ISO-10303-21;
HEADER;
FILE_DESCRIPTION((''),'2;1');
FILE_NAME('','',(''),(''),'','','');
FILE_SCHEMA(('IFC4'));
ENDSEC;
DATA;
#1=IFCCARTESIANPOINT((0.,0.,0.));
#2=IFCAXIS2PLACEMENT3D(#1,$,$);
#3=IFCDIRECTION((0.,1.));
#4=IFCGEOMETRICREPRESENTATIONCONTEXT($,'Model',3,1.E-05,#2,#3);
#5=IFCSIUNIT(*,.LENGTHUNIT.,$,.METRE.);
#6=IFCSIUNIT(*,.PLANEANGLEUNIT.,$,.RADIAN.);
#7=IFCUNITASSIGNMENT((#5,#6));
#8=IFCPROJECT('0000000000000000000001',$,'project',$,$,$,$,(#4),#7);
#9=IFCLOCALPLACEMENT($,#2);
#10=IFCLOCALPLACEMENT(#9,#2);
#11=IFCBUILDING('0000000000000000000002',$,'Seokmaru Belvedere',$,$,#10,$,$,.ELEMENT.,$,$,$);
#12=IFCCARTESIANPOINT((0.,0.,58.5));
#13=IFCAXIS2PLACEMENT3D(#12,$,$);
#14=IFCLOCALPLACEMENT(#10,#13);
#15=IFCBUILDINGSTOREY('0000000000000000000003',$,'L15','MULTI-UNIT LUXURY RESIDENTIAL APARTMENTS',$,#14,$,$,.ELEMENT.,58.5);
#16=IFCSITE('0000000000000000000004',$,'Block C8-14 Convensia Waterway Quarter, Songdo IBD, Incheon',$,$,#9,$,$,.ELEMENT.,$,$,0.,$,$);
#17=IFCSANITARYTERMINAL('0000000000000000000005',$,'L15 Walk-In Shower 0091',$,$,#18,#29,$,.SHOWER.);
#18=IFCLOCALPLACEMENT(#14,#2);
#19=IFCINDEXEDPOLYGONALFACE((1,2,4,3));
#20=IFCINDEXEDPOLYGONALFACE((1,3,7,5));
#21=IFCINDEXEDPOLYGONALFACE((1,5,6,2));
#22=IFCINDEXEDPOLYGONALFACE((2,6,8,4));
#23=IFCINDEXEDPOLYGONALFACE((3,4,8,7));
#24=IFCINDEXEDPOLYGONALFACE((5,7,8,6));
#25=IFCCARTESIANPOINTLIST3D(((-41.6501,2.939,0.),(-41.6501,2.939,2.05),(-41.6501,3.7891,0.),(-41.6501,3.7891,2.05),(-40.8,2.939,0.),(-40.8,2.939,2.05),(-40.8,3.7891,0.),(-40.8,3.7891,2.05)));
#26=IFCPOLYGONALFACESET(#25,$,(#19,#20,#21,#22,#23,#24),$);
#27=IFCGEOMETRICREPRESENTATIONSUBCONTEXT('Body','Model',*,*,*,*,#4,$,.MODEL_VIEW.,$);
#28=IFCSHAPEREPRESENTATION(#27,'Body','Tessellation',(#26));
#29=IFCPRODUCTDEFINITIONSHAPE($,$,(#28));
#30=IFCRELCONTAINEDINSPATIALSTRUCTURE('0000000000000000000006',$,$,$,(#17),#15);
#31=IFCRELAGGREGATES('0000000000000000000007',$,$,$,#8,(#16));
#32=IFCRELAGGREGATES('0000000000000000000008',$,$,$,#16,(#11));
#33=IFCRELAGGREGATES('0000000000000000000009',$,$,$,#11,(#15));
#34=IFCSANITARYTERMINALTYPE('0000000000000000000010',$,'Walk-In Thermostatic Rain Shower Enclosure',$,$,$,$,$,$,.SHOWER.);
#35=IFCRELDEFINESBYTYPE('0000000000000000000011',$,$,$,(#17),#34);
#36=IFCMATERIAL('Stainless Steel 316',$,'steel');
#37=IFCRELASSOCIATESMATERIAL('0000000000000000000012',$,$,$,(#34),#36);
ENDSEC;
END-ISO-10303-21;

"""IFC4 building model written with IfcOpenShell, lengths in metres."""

from ifc_helpers import new_model, si_unit, direction, frame, origin, origin_2d, place, context, subcontext, project, spatial, rectangle, extrude, source, transform, mapped, material, type_object, type_shapes, element, save


model = new_model("IFC4")

# Units and contexts
model_context = context("Model", 3, precision=1e-05, world=origin(), true_north=direction((0.0, 1.0)))
body_context = subcontext(model_context, "Body", "Model", "MODEL_VIEW")
ifc_project = project(units=[si_unit("LENGTHUNIT", "METRE"), si_unit("PLANEANGLEUNIT", "RADIAN")], contexts=[model_context])

# Site, building, storey
site_placement = place(None, origin())
site = spatial("IfcSite", under=ifc_project, at=site_placement, Name="Block C8-14 Convensia Waterway Quarter, Songdo IBD, Incheon", CompositionType="ELEMENT", RefElevation=0.0)
building_placement = place(site_placement, origin())
building = spatial("IfcBuilding", under=site, at=building_placement, Name="Seokmaru Belvedere", CompositionType="ELEMENT")
storey_placement = place(building_placement, frame((0.0, 0.0, 58.5)))
storey = spatial("IfcBuildingStorey", under=building, at=storey_placement, Name="L15", Description="MULTI-UNIT LUXURY RESIDENTIAL APARTMENTS", CompositionType="ELEMENT", Elevation=58.5)

# Sanitary terminal
ifc_material_1 = material(Name="Stainless Steel 316", Category="steel")
sanitary_terminal_type_1 = type_object("IfcSanitaryTerminalType", Name="Walk-In Thermostatic Rain Shower Enclosure", PredefinedType="SHOWER", material=ifc_material_1)
shared_shape_1 = source(origin(), body_context, "Body", "SweptSolid", [
    extrude(rectangle(XDim=0.8501, YDim=0.8501, at=origin_2d()), origin(), (0.0, 0.0, 1.0), 2.05),
])
type_shapes(sanitary_terminal_type_1, [shared_shape_1])
sanitary_terminal_1_placement = place(storey_placement, frame((-41.2251, 3.364, 0.0), z_axis=(0.0, 0.0, 1.0), x_axis=(1.0, 0.0, 0.0)))
element("IfcSanitaryTerminal", 1, at=sanitary_terminal_1_placement, inside=storey, type_object=sanitary_terminal_type_1, Name="L15 Walk-In Shower 0091", PredefinedType="SHOWER", context=body_context, shape_type="MappedRepresentation", body=[
    mapped(shared_shape_1, transform((0.0, 0.0, 0.0), scale=1.0)),
])

save(model, "model.ifc")
